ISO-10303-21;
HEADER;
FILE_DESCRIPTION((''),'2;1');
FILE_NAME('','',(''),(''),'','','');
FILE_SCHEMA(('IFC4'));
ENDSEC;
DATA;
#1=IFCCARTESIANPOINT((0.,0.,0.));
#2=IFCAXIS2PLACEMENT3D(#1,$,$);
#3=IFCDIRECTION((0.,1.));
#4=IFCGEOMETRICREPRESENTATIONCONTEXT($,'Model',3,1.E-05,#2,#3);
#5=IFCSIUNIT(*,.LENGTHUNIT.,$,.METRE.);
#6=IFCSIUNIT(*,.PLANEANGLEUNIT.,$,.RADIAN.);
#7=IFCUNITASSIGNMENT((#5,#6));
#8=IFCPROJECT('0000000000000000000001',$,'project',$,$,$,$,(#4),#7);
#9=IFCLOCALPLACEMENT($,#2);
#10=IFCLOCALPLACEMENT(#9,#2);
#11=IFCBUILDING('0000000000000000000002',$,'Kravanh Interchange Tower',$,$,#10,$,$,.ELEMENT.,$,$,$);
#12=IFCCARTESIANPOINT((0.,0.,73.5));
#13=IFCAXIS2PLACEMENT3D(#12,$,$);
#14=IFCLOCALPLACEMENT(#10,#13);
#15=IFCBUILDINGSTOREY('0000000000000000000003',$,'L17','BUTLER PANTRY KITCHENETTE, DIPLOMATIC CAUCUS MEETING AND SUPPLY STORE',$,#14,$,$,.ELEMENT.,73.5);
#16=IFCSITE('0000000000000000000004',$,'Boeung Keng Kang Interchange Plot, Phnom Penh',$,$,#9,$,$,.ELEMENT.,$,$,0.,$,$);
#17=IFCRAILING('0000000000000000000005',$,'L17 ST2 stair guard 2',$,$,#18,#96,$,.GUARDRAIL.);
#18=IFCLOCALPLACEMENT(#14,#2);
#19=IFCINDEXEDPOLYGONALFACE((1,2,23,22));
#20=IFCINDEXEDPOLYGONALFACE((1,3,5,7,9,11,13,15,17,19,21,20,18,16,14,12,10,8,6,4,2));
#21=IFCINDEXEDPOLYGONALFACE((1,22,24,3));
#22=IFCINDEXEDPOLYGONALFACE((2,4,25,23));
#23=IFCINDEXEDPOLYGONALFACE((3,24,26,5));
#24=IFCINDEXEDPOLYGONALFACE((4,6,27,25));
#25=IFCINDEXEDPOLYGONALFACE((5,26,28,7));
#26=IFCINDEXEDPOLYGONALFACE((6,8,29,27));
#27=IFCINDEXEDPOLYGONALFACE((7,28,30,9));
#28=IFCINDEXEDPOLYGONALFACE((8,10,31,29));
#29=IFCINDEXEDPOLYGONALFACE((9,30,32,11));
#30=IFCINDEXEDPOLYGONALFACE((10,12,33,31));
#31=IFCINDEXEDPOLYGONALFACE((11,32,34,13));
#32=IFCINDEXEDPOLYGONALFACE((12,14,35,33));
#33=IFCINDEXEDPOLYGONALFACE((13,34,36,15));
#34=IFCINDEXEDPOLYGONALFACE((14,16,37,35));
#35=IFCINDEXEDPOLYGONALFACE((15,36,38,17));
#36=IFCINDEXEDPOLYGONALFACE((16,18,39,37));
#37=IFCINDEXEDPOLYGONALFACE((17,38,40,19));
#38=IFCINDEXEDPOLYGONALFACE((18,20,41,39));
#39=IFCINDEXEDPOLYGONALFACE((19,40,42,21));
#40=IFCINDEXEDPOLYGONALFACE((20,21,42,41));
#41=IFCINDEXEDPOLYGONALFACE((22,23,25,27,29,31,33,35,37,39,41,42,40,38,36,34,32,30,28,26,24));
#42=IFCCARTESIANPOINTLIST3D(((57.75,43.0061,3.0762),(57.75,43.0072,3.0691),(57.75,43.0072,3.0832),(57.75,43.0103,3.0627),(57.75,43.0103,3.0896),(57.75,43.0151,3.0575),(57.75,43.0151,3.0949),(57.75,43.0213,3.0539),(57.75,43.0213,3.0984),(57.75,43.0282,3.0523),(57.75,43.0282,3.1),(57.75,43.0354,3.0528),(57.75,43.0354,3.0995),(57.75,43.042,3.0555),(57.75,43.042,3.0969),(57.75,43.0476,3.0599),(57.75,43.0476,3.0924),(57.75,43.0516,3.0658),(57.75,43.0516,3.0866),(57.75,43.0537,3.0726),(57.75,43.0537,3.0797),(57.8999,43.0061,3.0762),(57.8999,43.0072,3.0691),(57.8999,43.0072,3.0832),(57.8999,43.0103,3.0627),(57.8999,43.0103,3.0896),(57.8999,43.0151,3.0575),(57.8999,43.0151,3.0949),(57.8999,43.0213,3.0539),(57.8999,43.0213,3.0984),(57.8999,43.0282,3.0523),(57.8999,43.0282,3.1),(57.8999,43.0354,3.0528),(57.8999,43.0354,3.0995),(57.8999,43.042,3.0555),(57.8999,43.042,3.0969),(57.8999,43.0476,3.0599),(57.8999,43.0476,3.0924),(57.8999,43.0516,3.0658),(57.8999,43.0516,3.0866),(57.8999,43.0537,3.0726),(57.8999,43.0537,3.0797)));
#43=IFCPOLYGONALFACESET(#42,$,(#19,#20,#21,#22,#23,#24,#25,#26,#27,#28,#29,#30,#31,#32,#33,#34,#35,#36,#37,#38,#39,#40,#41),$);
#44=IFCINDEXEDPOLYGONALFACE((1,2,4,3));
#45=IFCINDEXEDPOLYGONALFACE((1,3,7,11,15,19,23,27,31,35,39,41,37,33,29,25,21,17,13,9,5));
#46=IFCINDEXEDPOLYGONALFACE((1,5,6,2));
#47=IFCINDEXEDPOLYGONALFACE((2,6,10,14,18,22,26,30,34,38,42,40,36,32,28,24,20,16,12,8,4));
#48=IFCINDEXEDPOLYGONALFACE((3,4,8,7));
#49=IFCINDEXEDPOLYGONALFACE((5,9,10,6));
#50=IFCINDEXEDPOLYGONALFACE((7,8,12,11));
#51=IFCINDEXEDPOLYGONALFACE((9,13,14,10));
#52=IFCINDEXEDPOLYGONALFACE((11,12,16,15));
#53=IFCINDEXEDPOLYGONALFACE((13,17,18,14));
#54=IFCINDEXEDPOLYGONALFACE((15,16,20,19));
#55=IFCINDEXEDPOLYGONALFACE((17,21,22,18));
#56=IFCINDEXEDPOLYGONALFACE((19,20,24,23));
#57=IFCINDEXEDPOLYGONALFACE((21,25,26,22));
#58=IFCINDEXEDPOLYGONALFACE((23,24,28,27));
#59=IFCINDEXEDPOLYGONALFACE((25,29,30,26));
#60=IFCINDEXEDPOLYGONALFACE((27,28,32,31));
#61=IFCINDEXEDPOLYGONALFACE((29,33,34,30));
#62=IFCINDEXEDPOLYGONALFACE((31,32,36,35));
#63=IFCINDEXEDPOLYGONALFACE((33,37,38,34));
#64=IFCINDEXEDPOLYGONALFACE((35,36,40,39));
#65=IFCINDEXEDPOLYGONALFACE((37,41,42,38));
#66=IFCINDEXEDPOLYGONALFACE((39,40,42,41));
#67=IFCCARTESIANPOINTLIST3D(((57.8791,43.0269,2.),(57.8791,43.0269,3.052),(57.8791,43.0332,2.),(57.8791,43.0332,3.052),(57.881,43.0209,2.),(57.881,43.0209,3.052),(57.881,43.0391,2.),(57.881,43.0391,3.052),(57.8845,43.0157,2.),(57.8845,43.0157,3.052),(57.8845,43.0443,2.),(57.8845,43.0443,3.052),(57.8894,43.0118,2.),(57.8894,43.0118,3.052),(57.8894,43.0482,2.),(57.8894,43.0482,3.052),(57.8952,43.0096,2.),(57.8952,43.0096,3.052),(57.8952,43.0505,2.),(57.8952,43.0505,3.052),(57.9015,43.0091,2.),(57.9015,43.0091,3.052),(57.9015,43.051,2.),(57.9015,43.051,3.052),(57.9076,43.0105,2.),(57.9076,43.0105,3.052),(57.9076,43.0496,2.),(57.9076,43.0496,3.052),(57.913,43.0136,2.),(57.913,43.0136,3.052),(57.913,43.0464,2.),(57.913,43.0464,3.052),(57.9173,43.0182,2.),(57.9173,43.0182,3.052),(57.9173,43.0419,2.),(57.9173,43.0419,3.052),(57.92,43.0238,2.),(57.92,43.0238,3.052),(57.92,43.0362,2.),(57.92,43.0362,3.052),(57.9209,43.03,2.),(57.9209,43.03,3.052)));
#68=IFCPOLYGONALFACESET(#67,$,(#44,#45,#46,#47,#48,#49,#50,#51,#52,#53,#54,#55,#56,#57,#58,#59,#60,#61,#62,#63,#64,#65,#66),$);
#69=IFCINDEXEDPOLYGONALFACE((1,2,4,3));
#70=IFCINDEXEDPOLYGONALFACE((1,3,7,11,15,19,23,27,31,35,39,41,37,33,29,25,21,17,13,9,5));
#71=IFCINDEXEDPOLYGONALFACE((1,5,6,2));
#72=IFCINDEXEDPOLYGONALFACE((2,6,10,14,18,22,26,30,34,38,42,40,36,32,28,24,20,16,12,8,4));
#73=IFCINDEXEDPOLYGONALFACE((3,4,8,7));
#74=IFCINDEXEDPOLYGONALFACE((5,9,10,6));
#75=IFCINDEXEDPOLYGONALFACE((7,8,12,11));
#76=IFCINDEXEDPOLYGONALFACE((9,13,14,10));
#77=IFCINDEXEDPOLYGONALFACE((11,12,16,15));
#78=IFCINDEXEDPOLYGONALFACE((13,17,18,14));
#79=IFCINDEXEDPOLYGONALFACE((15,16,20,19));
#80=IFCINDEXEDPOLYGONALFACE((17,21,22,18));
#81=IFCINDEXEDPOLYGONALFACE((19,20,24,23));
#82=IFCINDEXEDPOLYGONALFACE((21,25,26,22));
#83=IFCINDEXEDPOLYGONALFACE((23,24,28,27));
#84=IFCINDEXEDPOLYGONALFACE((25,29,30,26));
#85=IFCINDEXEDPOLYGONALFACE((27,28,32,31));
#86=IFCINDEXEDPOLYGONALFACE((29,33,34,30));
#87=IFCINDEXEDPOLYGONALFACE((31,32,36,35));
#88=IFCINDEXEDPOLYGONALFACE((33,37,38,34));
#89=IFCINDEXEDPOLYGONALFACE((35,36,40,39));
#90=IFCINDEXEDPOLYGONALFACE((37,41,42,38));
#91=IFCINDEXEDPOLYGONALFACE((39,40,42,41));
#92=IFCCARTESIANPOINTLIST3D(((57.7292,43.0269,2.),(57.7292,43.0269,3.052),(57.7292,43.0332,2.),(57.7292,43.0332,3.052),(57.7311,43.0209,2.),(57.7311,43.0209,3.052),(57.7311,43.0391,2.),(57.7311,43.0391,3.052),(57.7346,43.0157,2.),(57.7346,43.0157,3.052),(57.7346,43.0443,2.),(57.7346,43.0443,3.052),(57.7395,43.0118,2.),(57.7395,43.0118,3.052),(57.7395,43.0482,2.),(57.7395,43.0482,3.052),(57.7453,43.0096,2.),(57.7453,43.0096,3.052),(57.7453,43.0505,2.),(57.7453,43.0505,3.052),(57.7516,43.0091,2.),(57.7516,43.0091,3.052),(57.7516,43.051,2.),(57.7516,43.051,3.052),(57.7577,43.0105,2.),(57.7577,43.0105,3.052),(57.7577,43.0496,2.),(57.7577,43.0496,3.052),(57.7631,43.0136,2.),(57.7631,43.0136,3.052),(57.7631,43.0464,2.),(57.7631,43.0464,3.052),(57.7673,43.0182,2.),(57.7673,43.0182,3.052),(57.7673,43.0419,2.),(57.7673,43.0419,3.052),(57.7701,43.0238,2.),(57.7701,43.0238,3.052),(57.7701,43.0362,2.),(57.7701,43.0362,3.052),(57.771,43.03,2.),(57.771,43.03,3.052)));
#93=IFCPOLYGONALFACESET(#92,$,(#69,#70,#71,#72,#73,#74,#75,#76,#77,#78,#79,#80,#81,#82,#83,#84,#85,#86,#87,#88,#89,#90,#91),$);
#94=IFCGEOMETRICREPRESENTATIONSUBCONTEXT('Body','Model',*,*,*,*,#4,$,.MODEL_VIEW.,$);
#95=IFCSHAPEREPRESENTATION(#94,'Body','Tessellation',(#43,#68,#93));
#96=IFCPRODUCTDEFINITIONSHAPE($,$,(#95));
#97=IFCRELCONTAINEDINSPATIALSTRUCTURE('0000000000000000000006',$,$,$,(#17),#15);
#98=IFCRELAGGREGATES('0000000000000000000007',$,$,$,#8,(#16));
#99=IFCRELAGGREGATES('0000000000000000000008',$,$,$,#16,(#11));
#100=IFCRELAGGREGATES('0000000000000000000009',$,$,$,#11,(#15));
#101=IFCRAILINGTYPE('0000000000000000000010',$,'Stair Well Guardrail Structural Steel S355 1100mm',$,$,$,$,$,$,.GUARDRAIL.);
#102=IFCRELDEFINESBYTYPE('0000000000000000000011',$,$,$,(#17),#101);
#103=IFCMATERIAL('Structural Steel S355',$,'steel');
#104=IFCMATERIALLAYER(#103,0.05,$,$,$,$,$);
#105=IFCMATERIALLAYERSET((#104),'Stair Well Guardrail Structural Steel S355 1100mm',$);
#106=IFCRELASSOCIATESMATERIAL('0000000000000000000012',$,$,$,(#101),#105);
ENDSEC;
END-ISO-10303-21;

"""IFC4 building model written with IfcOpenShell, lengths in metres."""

from ifc_helpers import new_model, si_unit, direction, frame, origin, origin_2d, place, context, subcontext, project, spatial, circle, extrude, material, layer, layer_set, type_object, element, save


model = new_model("IFC4")

# Units and contexts
model_context = context("Model", 3, precision=1e-05, world=origin(), true_north=direction((0.0, 1.0)))
body_context = subcontext(model_context, "Body", "Model", "MODEL_VIEW")
ifc_project = project(units=[si_unit("LENGTHUNIT", "METRE"), si_unit("PLANEANGLEUNIT", "RADIAN")], contexts=[model_context])

# Site, building, storey
site_placement = place(None, origin())
site = spatial("IfcSite", under=ifc_project, at=site_placement, Name="Boeung Keng Kang Interchange Plot, Phnom Penh", CompositionType="ELEMENT", RefElevation=0.0)
building_placement = place(site_placement, origin())
building = spatial("IfcBuilding", under=site, at=building_placement, Name="Kravanh Interchange Tower", CompositionType="ELEMENT")
storey_placement = place(building_placement, frame((0.0, 0.0, 73.5)))
storey = spatial("IfcBuildingStorey", under=building, at=storey_placement, Name="L17", Description="BUTLER PANTRY KITCHENETTE, DIPLOMATIC CAUCUS MEETING AND SUPPLY STORE", CompositionType="ELEMENT", Elevation=73.5)

# Railing
ifc_material_1 = material(Name="Structural Steel S355", Category="steel")
ifc_layer_1 = layer(ifc_material_1, 0.05)
ifc_layer_set_1 = layer_set([ifc_layer_1], Name="Stair Well Guardrail Structural Steel S355 1100mm")
railing_type_1 = type_object("IfcRailingType", Name="Stair Well Guardrail Structural Steel S355 1100mm", PredefinedType="GUARDRAIL", material=ifc_layer_set_1)
railing_1_placement = place(storey_placement, frame((57.8999, 43.03, 2.0)))
element("IfcRailing", 1, at=railing_1_placement, inside=storey, type_object=railing_type_1, Name="L17 ST2 stair guard 2", PredefinedType="GUARDRAIL", context=body_context, shape_type="SweptSolid", body=[
    extrude(circle(Radius=0.0239, at=origin_2d()), frame((0.0, 0.0, 1.0762), z_axis=(-1.0, 0.0, 0.0), x_axis=(0.0, -1.0, 0.0)), (0.0, 0.0, 1.0), 0.1499),
    extrude(circle(Radius=0.021, at=origin_2d()), origin(), (0.0, 0.0, 1.0), 1.052),
    extrude(circle(Radius=0.021, at=origin_2d()), frame((-0.1499, 0.0, 0.0)), (0.0, 0.0, 1.0), 1.052),
])

save(model, "model.ifc")
